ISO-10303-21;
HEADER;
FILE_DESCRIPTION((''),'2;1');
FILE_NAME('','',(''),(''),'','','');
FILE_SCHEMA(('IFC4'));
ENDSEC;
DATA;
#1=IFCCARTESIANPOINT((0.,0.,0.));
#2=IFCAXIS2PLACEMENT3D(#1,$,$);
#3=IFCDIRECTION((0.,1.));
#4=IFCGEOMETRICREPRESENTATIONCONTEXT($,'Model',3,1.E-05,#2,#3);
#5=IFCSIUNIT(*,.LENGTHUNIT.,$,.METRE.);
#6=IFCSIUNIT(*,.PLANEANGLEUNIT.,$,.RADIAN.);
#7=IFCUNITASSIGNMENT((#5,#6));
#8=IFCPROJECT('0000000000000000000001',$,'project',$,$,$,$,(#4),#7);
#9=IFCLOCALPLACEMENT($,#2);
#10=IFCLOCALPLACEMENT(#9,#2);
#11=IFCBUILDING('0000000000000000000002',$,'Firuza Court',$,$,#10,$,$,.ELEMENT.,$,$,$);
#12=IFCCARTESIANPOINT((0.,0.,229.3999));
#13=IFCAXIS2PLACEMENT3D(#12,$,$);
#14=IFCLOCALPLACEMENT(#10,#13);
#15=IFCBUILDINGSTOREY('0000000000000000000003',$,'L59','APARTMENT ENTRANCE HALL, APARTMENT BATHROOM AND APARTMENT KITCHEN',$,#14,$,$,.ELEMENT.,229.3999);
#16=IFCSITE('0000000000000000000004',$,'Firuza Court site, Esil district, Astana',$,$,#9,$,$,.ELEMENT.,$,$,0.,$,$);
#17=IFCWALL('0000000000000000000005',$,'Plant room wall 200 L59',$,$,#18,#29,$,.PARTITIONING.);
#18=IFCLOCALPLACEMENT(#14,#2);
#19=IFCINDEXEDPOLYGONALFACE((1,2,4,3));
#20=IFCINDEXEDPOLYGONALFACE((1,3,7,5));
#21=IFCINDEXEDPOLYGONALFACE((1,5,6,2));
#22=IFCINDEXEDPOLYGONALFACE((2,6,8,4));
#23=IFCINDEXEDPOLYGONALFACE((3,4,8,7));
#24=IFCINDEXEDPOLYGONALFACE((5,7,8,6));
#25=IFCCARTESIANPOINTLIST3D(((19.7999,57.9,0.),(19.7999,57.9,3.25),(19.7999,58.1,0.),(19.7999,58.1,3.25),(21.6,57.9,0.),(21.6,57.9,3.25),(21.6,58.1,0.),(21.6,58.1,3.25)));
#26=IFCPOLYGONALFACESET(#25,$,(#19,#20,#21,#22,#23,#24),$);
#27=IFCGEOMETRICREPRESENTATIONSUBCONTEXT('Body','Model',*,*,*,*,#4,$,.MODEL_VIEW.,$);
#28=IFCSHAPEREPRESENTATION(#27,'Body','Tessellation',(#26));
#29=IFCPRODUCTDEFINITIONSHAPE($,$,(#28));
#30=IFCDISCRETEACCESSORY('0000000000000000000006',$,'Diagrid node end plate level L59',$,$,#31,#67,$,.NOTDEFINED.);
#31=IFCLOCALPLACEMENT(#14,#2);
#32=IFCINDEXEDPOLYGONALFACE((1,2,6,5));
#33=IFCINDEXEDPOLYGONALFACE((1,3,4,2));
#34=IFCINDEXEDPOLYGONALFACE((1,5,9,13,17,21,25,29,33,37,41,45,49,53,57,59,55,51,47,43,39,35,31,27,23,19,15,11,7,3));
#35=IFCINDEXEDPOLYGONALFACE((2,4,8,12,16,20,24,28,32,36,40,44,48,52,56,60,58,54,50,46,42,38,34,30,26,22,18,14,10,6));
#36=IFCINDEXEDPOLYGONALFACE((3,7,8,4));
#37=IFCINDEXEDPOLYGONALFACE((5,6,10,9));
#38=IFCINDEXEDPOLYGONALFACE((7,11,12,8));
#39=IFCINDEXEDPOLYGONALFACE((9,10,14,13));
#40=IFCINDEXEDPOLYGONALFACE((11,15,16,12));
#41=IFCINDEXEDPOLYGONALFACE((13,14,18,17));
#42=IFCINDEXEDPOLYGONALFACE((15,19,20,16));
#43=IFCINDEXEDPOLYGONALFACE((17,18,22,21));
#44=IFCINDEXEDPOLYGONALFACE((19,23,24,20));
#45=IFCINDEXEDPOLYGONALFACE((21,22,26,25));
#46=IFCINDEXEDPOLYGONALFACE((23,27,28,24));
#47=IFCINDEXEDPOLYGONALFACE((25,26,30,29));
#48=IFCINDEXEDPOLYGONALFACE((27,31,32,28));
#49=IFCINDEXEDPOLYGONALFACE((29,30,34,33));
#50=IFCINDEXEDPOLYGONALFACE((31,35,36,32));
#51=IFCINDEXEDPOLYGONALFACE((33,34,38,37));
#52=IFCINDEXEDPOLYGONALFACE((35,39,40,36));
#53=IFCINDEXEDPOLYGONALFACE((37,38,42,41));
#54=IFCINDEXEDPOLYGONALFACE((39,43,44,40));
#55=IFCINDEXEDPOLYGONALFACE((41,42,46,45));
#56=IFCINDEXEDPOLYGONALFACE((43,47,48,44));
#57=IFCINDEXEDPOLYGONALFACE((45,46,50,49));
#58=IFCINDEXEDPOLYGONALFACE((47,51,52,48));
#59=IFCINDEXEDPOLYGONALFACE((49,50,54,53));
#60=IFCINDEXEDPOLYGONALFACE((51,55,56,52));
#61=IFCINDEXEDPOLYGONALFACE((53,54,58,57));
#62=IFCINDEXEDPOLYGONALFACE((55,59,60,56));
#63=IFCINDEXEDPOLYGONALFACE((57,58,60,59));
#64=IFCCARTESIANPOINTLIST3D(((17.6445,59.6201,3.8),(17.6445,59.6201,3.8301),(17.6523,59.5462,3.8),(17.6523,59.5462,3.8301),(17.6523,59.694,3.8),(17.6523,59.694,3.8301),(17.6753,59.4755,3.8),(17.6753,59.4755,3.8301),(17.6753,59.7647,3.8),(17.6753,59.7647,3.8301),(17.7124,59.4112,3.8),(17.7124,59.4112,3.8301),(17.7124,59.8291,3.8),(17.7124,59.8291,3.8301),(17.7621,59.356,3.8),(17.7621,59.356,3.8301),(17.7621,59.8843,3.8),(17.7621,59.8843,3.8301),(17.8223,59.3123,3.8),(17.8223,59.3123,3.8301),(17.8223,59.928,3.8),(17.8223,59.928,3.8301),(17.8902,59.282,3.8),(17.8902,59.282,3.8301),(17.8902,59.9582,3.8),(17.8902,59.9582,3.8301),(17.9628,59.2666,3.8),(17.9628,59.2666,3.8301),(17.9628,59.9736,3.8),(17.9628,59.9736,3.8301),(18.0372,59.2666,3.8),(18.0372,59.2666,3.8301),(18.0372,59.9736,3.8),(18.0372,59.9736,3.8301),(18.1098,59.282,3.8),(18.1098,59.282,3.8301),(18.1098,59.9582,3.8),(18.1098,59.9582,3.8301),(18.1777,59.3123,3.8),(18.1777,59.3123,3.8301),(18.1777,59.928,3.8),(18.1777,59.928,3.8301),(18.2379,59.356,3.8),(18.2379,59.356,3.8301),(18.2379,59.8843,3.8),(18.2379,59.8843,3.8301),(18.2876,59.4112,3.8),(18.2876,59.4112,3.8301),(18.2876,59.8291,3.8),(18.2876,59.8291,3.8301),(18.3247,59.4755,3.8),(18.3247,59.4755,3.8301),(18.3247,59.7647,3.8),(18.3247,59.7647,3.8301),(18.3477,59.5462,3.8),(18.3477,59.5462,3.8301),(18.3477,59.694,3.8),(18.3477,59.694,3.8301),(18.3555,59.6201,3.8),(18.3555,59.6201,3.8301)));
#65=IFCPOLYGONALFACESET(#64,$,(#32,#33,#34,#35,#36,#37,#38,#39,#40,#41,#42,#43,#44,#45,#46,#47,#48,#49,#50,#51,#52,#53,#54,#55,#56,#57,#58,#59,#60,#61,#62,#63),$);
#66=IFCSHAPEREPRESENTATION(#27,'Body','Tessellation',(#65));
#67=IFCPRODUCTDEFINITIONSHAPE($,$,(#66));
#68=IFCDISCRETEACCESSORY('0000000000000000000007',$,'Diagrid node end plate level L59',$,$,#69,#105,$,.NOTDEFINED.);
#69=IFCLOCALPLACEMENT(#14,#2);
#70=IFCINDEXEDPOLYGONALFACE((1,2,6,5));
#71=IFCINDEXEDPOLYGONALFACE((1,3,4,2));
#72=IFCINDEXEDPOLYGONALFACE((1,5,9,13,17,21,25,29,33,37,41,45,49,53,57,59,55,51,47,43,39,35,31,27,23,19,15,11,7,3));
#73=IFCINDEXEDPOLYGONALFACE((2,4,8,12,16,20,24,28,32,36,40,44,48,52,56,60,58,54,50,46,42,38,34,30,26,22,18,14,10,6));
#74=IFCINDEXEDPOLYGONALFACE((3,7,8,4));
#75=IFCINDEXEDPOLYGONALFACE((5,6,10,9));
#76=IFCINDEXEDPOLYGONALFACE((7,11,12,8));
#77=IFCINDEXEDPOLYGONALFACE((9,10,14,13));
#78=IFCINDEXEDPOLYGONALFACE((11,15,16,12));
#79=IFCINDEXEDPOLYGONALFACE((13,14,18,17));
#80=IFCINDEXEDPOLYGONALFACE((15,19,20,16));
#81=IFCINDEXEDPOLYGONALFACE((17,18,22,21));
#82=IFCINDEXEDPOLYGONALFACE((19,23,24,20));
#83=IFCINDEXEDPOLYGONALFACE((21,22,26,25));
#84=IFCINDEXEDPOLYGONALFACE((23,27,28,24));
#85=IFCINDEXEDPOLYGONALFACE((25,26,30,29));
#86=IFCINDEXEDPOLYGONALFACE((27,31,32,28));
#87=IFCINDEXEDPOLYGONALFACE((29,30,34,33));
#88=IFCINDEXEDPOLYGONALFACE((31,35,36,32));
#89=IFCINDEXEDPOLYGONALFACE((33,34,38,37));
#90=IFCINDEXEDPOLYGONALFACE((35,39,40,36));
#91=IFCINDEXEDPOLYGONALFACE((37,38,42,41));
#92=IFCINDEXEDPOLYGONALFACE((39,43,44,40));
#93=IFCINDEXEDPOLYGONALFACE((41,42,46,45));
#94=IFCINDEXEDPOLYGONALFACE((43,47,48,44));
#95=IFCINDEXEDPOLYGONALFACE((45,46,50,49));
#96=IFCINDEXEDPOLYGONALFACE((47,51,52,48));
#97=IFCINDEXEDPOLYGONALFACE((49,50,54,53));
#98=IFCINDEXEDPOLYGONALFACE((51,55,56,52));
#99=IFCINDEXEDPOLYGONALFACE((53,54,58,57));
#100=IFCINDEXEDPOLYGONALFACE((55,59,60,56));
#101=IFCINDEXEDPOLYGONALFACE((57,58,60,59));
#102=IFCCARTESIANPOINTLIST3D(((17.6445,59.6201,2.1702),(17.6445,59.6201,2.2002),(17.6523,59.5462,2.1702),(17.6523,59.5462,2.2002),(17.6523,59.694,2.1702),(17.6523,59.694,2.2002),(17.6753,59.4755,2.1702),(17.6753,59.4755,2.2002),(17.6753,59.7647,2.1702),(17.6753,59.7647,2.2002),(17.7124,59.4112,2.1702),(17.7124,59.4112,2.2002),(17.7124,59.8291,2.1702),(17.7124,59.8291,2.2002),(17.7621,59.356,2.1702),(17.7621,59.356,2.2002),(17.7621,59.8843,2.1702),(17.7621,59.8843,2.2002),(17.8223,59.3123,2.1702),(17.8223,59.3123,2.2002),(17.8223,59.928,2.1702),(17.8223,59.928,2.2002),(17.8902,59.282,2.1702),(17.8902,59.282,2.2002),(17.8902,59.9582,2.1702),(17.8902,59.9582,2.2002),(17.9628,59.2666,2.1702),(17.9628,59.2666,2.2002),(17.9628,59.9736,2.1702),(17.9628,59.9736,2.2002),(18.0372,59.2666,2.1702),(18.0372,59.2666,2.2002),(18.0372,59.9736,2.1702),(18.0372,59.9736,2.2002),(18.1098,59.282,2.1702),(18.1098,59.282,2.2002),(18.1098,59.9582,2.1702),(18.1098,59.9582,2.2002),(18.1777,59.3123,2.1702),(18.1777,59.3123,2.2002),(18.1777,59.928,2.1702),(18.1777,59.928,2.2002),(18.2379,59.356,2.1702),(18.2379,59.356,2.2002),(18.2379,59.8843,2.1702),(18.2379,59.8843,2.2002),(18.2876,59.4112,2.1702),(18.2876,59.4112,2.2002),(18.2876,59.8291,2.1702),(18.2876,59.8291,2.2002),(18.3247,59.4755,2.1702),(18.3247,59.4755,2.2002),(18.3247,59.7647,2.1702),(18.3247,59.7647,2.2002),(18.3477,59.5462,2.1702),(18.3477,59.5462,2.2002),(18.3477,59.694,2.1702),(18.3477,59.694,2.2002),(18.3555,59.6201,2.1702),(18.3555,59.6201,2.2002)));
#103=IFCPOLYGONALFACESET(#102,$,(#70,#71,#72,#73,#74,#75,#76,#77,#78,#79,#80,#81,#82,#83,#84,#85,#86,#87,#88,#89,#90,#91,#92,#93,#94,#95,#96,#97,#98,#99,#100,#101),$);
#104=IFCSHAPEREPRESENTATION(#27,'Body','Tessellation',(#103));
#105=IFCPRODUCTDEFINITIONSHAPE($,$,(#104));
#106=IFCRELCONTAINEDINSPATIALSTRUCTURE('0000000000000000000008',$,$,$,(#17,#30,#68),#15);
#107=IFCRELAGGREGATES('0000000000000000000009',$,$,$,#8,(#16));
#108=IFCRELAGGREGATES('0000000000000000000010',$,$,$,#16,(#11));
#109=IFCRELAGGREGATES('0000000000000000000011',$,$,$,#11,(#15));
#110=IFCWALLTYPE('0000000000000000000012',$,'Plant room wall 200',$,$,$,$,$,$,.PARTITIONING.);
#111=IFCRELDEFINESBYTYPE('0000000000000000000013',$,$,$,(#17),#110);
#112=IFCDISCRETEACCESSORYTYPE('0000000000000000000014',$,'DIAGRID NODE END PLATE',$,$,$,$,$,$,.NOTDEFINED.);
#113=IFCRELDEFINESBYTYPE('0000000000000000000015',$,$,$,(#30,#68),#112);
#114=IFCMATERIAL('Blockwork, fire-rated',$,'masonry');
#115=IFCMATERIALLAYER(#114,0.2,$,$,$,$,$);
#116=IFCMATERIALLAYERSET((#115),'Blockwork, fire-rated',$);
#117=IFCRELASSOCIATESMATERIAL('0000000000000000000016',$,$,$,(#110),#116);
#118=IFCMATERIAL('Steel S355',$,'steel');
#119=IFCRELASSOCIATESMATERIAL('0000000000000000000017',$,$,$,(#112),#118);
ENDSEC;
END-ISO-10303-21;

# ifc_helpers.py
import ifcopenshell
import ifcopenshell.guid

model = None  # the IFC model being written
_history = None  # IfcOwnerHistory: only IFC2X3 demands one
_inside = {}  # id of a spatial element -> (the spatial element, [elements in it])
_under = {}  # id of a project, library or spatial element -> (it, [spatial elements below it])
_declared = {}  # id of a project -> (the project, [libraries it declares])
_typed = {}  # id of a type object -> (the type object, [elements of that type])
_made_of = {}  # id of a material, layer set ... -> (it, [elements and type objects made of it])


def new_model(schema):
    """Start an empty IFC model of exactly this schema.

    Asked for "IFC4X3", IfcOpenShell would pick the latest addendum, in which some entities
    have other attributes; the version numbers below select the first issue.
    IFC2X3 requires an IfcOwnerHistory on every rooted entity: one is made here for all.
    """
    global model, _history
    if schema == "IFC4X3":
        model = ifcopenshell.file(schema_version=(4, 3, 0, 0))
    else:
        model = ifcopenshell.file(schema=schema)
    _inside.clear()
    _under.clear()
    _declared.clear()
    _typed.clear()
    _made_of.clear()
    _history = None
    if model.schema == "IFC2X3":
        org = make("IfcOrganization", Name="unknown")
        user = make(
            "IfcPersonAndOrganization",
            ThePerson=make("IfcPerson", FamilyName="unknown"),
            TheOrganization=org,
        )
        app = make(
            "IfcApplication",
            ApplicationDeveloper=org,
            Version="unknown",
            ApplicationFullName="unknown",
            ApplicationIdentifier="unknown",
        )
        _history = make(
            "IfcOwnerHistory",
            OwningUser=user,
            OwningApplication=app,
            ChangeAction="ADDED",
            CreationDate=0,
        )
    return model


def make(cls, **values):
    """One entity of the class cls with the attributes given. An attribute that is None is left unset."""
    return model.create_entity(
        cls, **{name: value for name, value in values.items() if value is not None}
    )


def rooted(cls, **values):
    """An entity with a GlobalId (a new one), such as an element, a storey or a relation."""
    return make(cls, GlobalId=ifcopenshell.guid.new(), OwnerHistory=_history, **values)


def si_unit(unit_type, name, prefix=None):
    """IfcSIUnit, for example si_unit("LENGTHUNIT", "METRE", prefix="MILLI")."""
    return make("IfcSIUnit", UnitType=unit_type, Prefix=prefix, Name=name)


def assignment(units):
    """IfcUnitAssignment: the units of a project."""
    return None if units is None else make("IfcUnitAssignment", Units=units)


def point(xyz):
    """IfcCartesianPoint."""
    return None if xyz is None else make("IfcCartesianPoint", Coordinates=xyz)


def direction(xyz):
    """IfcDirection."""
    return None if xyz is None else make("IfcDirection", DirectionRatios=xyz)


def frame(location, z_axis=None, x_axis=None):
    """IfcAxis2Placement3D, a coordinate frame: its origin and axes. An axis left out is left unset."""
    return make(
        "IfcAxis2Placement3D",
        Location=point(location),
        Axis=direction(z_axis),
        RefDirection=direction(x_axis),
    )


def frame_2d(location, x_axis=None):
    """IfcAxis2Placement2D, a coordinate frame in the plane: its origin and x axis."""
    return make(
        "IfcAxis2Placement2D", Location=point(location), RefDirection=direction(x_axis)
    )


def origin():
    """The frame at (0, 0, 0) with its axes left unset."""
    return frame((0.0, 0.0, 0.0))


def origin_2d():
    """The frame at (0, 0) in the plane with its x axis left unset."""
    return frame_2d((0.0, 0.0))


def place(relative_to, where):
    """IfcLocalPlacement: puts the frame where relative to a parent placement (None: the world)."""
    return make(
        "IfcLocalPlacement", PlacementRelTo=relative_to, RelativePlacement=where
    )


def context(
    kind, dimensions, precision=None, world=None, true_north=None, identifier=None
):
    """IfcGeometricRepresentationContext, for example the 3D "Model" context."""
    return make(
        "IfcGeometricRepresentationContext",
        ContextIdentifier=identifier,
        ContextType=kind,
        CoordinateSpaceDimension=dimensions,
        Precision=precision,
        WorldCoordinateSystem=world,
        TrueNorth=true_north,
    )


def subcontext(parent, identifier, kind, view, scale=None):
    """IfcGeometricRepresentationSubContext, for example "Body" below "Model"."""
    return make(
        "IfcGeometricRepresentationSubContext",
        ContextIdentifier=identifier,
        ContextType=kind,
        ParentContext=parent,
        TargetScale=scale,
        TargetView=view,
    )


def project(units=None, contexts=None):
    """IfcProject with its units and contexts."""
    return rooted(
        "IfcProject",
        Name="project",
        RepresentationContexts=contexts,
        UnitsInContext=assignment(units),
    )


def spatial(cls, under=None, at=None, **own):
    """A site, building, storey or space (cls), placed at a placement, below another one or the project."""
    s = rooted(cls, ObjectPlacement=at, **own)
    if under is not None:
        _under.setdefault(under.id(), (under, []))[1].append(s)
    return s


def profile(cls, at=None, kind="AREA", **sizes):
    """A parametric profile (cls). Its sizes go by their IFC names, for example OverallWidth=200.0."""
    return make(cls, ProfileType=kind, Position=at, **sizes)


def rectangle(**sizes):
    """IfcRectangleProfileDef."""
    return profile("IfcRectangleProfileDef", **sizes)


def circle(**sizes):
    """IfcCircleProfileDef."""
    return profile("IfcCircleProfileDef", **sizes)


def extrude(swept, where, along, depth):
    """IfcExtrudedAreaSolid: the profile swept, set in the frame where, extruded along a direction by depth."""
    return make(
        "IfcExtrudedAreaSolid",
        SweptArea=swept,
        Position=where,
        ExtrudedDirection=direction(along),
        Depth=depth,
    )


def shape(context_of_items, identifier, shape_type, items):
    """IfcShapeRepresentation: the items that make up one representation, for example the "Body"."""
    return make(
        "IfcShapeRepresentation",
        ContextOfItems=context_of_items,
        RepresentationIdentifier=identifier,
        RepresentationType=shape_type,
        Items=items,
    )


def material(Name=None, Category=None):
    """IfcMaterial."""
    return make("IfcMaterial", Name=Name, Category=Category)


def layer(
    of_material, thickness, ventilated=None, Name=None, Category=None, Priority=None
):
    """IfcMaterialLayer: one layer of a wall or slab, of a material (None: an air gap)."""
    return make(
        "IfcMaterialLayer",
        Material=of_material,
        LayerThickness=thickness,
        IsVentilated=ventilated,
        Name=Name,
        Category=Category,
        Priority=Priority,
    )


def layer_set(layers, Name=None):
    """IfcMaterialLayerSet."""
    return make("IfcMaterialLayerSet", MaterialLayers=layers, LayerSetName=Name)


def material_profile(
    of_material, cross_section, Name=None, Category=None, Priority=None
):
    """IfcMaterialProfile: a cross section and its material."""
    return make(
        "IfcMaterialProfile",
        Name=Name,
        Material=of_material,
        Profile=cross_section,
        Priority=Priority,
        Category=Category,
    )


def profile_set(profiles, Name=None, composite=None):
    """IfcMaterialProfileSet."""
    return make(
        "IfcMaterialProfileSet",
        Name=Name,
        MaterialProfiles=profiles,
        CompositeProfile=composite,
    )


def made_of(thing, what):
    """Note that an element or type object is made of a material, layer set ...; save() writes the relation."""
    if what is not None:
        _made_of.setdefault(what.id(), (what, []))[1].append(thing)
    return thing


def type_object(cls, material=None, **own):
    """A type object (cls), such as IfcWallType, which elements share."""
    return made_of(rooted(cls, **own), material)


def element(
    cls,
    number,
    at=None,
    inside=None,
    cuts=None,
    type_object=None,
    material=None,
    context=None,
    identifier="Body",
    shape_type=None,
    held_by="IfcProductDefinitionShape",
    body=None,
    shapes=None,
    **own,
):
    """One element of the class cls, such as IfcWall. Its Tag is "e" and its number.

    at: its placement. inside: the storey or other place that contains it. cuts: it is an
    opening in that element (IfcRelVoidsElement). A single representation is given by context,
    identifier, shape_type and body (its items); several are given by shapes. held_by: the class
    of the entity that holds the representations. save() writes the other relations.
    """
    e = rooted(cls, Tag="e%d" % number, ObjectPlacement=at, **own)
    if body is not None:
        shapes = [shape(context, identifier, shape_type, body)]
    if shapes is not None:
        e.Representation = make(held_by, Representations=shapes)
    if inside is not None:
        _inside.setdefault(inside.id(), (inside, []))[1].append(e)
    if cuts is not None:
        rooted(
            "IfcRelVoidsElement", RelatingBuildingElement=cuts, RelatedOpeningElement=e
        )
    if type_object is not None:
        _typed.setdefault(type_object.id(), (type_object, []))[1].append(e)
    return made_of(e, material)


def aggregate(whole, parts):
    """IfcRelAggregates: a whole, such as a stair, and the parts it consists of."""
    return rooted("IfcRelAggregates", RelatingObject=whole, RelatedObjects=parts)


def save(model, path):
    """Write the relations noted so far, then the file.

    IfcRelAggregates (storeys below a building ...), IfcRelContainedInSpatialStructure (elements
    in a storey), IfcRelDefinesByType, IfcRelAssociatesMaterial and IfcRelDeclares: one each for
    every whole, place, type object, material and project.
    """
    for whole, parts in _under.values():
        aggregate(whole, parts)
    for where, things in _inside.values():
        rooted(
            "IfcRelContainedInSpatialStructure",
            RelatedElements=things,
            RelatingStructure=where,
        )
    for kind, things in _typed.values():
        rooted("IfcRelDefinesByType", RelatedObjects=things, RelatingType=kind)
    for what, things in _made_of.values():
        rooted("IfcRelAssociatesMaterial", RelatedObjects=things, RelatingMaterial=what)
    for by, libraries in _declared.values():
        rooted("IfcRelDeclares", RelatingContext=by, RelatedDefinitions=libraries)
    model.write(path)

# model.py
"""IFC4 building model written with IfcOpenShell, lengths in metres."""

from ifc_helpers import new_model, si_unit, direction, frame, frame_2d, origin, origin_2d, place, context, subcontext, project, spatial, rectangle, circle, extrude, material, layer, layer_set, material_profile, profile_set, type_object, element, save


model = new_model("IFC4")

# Units and contexts
model_context = context("Model", 3, precision=1e-05, world=origin(), true_north=direction((0.0, 1.0)))
body_context = subcontext(model_context, "Body", "Model", "MODEL_VIEW")
ifc_project = project(units=[si_unit("LENGTHUNIT", "METRE"), si_unit("PLANEANGLEUNIT", "RADIAN")], contexts=[model_context])

# Site, building, storey
site_placement = place(None, origin())
site = spatial("IfcSite", under=ifc_project, at=site_placement, Name="Firuza Court site, Esil district, Astana", CompositionType="ELEMENT", RefElevation=0.0)
building_placement = place(site_placement, origin())
building = spatial("IfcBuilding", under=site, at=building_placement, Name="Firuza Court", CompositionType="ELEMENT")
storey_placement = place(building_placement, frame((0.0, 0.0, 229.3999)))
storey = spatial("IfcBuildingStorey", under=building, at=storey_placement, Name="L59", Description="APARTMENT ENTRANCE HALL, APARTMENT BATHROOM AND APARTMENT KITCHEN", CompositionType="ELEMENT", Elevation=229.3999)

# Shared definitions
ifc_material_1 = material(Name="Blockwork, fire-rated", Category="masonry")
ifc_layer_1 = layer(ifc_material_1, 0.2)
ifc_layer_set_1 = layer_set([ifc_layer_1], Name="Blockwork, fire-rated")
wall_type_1 = type_object("IfcWallType", Name="Plant room wall 200", PredefinedType="PARTITIONING", material=ifc_layer_set_1)

# Wall
wall_1_placement = place(storey_placement, frame((19.8, 58.0, 0.0), z_axis=(0.0, 0.0, 1.0), x_axis=(1.0, 0.0, 0.0)))
element("IfcWall", 1, at=wall_1_placement, inside=storey, type_object=wall_type_1, Name="Plant room wall 200 L59", PredefinedType="PARTITIONING", context=body_context, shape_type="SweptSolid", body=[
    extrude(rectangle(XDim=1.8, YDim=0.2, at=frame_2d((0.8999, 0.0))), origin(), (0.0, 0.0, 1.0), 3.25),
])

# Discrete accessories
ifc_material_2 = material(Name="Steel S355", Category="steel")
ifc_material_profile_1 = material_profile(ifc_material_2, circle(Radius=0.3555, at=origin_2d()), Name="PL D711")
ifc_profile_set_1 = profile_set([ifc_material_profile_1], Name="Steel S355")
discrete_accessory_type = type_object("IfcDiscreteAccessoryType", Name="DIAGRID NODE END PLATE", PredefinedType="NOTDEFINED", material=ifc_profile_set_1)
for number, where, z_axis, x_axis, name in (
    (2, (18.0, 59.6201, 3.8), (0.0, 0.0, 1.0), (1.0, 0.0, 0.0), "Diagrid node end plate level L59"),
    (3, (18.0, 59.6201, 2.1702), (0.0, 0.0, 1.0), (1.0, 0.0, 0.0), "Diagrid node end plate level L59"),
):
    element("IfcDiscreteAccessory", number, at=place(storey_placement, frame(where, z_axis=z_axis, x_axis=x_axis)), inside=storey, type_object=discrete_accessory_type, Name=name, PredefinedType="NOTDEFINED", context=body_context, shape_type="SweptSolid", body=[
        extrude(circle(Radius=0.3555, at=origin_2d()), origin(), (0.0, 0.0, 1.0), 0.03),
    ])

save(model, "model.ifc")
